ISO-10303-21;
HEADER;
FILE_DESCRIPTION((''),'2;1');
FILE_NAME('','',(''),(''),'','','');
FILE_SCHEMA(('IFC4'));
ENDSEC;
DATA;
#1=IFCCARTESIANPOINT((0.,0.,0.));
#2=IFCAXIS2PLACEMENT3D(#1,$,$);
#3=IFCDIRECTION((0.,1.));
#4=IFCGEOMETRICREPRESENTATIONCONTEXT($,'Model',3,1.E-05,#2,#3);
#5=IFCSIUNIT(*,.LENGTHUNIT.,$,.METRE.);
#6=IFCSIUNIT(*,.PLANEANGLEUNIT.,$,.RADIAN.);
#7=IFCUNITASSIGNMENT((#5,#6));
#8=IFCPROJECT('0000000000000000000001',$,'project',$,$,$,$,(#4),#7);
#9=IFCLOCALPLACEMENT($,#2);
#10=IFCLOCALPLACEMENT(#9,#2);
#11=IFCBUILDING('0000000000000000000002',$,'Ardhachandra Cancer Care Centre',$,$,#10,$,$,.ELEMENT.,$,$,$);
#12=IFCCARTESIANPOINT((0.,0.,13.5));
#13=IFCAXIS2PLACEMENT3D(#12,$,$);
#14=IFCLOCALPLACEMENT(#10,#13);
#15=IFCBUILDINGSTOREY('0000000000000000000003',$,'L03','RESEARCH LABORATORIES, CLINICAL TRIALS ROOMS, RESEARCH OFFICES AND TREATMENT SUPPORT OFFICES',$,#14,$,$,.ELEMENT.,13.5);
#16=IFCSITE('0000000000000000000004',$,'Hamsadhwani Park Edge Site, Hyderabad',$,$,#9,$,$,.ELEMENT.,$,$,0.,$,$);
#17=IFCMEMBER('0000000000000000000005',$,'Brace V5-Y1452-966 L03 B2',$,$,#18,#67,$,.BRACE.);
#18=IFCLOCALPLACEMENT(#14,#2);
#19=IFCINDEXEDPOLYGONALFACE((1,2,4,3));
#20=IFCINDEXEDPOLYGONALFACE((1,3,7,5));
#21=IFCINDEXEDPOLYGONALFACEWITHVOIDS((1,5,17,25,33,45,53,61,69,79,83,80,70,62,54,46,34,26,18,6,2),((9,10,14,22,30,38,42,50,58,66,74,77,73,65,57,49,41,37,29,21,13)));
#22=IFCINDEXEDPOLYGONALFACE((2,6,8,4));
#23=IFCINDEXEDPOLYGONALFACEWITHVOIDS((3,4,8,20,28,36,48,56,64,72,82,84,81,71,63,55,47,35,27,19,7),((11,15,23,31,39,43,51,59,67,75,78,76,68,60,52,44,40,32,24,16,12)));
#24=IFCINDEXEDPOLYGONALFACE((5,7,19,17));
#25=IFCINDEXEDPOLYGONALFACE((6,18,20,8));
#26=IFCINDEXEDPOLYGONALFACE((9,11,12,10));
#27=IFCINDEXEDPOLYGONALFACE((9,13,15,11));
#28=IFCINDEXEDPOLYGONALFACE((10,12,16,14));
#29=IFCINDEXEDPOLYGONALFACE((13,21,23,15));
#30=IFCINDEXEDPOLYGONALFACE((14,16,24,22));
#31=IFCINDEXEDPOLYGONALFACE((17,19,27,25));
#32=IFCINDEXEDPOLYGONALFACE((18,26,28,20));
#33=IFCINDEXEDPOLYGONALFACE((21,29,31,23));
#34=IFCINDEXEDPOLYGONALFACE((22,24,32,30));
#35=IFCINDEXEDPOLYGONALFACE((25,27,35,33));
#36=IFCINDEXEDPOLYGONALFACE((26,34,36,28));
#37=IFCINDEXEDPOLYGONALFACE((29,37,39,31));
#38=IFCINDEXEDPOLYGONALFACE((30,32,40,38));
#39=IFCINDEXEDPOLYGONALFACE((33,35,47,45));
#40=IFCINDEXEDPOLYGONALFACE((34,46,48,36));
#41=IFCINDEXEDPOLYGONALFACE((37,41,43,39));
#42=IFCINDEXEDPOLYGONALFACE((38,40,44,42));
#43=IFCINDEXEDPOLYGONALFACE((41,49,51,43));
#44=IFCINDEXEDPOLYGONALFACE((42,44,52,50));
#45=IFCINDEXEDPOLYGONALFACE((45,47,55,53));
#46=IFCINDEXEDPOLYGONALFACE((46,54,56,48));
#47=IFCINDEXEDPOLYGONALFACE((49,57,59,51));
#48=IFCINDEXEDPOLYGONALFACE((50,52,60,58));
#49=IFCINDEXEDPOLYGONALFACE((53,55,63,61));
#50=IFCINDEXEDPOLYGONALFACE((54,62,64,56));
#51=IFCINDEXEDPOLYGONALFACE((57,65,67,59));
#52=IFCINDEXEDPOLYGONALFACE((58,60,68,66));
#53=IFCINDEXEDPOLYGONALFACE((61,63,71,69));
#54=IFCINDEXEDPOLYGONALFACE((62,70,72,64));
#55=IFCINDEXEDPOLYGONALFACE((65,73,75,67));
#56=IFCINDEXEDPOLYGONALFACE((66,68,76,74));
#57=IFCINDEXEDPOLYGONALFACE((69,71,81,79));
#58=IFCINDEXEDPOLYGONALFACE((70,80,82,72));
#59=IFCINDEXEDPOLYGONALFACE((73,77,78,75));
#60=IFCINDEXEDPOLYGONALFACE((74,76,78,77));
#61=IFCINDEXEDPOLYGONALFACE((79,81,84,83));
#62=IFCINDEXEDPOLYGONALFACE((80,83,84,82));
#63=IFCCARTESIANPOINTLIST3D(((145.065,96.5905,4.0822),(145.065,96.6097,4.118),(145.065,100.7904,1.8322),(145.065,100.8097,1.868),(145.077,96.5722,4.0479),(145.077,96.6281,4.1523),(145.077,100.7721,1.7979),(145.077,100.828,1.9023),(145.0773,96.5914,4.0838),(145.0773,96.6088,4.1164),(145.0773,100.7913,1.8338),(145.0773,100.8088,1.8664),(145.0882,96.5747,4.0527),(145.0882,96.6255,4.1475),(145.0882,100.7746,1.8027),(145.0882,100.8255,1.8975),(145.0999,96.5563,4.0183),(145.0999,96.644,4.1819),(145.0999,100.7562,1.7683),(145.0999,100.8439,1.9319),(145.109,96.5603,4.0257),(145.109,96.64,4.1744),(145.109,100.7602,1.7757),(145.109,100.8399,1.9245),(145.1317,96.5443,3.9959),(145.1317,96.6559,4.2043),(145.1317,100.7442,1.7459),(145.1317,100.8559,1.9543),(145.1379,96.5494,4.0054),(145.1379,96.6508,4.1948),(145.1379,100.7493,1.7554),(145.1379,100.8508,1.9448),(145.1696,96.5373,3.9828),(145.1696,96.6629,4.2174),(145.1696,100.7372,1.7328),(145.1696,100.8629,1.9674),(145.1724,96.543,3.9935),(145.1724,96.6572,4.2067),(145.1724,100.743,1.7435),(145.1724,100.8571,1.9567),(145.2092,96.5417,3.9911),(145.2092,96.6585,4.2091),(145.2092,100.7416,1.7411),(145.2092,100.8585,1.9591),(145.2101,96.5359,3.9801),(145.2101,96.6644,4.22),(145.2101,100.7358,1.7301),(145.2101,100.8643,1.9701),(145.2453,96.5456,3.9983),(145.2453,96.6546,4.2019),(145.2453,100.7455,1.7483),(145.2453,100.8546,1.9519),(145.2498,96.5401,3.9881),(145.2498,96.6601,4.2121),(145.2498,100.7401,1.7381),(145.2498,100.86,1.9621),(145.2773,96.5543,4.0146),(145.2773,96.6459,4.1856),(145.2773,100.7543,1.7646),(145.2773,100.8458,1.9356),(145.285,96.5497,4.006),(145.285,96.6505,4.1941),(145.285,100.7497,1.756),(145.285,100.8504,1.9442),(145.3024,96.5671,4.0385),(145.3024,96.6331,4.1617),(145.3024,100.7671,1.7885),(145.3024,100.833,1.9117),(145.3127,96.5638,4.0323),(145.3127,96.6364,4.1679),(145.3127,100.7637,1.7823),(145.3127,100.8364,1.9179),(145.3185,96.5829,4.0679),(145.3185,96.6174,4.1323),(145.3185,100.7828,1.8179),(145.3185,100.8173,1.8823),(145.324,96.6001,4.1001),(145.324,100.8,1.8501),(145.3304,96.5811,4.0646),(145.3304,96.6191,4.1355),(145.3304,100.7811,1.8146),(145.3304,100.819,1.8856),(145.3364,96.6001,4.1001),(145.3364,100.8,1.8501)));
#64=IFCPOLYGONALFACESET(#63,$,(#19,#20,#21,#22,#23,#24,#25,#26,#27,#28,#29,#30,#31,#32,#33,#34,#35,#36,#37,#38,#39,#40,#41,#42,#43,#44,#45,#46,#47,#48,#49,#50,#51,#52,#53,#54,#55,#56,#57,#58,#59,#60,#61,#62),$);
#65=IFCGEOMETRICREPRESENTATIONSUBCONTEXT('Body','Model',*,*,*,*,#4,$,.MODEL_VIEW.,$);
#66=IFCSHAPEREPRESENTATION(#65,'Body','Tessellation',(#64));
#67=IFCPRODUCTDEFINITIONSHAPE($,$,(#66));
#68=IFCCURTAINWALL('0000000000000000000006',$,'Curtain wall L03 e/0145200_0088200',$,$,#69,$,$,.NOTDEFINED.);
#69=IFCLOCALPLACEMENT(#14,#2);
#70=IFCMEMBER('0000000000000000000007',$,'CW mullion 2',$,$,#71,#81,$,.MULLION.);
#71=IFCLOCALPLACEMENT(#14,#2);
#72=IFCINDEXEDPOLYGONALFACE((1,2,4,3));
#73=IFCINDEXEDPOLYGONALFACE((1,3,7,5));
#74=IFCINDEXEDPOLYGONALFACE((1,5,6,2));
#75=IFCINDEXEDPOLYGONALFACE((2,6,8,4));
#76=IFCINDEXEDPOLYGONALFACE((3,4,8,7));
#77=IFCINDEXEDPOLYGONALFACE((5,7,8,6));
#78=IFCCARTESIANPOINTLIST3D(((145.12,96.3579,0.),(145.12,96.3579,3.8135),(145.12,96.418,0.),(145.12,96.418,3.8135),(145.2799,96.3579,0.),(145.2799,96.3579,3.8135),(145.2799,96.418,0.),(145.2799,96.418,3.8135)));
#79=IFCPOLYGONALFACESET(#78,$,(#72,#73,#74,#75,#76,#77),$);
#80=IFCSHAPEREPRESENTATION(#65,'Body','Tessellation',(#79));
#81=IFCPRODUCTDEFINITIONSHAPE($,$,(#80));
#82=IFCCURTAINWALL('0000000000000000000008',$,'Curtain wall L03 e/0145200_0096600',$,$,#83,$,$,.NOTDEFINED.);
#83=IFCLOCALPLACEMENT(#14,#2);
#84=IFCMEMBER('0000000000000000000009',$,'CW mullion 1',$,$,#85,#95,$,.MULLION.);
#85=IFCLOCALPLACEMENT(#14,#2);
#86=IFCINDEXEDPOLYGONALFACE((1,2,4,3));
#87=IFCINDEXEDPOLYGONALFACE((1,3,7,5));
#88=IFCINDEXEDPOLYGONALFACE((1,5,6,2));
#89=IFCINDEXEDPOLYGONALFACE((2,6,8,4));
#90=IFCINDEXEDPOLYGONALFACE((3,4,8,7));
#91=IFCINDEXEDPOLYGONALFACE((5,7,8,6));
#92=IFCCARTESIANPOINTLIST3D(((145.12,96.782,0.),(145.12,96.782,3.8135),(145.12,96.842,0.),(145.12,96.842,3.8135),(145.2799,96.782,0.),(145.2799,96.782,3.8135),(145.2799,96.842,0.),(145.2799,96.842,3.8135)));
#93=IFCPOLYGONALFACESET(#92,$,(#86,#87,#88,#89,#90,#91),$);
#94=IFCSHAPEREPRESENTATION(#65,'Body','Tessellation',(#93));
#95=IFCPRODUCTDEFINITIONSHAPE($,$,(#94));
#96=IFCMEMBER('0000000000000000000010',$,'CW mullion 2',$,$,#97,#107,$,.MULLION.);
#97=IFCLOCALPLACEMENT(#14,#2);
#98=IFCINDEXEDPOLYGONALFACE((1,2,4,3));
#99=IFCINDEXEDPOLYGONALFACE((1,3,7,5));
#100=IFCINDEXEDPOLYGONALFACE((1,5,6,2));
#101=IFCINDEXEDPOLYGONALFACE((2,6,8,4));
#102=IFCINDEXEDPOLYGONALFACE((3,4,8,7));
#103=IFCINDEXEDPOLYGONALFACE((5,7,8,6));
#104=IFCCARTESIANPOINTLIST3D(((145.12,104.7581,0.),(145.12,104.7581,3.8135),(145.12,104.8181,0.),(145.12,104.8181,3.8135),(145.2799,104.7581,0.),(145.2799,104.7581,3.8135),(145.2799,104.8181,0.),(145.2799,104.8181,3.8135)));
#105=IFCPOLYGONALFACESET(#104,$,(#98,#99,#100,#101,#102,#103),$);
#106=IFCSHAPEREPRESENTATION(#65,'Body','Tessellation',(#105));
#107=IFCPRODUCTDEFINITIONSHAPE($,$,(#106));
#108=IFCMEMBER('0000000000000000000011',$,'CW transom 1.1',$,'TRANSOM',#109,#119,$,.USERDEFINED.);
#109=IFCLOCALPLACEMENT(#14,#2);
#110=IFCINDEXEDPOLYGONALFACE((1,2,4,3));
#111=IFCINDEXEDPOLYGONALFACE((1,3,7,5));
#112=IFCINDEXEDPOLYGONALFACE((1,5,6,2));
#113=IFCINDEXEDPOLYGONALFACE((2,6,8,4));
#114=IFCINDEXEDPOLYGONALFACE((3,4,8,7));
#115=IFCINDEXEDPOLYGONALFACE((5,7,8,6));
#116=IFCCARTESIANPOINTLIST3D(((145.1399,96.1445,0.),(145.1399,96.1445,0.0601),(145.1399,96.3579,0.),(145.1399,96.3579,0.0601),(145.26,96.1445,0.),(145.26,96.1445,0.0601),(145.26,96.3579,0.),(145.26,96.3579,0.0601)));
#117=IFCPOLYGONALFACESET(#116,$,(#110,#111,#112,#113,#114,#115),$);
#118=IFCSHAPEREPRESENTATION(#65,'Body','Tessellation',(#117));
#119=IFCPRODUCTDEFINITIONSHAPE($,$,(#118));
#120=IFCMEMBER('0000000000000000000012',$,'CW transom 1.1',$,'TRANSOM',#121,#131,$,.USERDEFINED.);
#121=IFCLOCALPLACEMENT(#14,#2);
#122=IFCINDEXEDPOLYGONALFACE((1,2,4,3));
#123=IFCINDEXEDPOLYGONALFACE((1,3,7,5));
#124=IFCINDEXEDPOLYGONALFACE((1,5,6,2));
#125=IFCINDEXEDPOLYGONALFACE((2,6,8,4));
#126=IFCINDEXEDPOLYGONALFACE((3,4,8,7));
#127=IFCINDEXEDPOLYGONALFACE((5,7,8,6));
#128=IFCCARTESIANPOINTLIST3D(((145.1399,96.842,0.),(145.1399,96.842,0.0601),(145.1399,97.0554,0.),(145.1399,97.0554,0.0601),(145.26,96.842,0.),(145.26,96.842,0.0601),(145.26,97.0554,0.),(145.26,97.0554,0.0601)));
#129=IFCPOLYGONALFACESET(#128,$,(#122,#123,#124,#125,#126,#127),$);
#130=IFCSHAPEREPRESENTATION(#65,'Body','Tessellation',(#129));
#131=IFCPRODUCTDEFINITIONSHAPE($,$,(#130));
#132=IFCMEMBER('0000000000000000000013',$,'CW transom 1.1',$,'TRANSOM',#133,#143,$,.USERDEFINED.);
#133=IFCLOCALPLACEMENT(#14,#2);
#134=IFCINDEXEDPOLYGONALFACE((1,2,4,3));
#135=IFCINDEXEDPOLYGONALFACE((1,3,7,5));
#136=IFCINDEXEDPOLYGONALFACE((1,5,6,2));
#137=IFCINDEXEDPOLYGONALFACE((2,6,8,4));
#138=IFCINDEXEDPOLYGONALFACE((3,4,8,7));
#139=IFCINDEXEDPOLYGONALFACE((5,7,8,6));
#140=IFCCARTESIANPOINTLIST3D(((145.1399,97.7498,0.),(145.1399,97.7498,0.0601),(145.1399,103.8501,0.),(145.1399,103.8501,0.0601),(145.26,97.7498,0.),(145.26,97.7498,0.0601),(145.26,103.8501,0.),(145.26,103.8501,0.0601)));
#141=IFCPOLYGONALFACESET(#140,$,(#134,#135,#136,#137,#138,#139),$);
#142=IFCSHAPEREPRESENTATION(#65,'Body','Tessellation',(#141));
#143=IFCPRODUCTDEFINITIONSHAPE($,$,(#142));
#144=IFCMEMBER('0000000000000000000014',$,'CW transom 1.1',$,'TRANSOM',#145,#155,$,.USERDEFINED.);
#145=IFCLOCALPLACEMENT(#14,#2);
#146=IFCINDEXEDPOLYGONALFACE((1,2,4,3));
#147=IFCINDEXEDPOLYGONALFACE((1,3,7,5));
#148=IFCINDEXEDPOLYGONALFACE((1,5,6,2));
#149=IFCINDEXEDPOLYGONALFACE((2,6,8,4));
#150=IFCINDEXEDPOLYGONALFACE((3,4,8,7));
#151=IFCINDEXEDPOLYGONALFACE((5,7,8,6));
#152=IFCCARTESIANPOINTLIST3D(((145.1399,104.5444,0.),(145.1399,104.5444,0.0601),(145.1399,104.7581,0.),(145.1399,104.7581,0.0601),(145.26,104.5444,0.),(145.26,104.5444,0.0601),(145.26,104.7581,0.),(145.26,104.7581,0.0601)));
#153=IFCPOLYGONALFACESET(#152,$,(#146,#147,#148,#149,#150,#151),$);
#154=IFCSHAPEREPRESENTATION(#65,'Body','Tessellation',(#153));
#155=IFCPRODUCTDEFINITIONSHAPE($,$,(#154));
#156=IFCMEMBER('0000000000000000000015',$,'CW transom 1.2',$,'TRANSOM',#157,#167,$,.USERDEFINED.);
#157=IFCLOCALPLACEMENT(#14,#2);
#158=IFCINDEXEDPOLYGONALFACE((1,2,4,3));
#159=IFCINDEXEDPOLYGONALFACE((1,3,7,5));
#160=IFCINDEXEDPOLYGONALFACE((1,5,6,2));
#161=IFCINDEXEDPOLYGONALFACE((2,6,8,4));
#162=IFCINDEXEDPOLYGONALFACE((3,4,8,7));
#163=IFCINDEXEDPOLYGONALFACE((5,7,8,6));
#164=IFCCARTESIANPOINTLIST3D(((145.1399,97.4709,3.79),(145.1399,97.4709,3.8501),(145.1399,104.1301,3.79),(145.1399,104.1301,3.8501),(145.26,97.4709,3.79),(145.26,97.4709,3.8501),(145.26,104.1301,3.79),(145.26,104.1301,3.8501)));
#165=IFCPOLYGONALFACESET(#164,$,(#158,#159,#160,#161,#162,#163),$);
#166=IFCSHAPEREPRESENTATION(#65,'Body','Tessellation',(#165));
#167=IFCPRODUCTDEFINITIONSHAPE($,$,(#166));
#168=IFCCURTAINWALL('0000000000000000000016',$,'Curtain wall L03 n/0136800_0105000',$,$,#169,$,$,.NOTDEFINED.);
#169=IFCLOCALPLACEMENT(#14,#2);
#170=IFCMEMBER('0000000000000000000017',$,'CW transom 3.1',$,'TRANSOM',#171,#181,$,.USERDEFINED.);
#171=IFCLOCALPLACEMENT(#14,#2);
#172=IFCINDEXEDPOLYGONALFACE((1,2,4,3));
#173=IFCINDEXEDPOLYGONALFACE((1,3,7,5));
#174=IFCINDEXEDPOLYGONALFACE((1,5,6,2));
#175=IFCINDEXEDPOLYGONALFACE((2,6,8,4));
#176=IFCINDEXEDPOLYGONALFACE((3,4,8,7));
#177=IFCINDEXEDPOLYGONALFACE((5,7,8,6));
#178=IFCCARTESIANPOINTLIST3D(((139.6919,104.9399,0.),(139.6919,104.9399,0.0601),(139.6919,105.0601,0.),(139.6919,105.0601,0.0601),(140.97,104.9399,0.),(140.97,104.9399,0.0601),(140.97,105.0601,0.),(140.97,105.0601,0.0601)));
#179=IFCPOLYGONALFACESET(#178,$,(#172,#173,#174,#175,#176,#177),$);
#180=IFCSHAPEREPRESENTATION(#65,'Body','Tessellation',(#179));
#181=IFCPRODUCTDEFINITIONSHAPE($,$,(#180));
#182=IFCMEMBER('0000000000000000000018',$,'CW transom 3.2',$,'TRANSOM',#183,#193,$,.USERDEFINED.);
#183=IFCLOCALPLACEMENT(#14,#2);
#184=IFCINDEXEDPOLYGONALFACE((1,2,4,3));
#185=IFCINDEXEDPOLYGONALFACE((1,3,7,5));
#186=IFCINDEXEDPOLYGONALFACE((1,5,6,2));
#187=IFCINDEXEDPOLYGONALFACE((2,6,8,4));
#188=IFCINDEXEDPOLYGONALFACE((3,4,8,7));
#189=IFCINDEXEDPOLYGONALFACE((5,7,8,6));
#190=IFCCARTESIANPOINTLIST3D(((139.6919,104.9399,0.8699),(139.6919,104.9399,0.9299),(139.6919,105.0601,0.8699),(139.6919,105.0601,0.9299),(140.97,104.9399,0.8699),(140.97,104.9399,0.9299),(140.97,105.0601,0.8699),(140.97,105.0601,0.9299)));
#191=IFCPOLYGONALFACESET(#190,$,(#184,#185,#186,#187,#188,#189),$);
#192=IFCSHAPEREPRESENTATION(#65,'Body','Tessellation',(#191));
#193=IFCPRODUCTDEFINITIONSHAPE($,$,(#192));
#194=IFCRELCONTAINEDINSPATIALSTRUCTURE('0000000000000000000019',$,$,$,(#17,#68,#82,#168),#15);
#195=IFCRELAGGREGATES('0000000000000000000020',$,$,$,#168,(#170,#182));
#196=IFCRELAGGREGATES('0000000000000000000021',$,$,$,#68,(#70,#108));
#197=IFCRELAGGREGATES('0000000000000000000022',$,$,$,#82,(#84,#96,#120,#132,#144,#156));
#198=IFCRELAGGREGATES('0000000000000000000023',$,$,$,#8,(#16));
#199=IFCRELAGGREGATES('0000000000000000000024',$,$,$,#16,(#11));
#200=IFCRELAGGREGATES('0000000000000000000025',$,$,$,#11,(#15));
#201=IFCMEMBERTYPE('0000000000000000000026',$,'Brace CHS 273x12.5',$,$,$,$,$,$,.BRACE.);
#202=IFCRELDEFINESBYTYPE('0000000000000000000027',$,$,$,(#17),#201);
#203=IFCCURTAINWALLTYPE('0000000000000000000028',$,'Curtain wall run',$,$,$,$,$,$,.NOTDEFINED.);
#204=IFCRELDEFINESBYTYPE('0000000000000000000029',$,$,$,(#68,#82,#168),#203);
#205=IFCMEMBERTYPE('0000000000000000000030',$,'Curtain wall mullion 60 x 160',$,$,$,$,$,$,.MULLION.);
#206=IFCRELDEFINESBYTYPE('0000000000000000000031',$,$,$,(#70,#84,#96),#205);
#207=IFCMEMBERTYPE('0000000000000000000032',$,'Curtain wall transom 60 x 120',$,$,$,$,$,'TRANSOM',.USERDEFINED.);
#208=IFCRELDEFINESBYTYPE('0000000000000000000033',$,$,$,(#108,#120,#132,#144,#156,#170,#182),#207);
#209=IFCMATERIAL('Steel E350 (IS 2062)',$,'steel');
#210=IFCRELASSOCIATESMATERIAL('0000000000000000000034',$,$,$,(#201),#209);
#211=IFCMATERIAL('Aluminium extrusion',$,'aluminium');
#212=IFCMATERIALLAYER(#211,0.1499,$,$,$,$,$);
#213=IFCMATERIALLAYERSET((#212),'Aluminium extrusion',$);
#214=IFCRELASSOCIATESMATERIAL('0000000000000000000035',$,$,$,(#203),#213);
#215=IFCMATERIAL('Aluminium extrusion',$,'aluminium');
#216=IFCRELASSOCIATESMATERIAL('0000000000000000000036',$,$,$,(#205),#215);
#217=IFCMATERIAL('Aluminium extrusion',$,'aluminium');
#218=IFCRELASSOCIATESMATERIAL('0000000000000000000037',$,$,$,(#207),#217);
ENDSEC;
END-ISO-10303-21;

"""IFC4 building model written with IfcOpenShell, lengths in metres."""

from ifc_helpers import new_model, si_unit, direction, frame, origin, origin_2d, place, context, subcontext, project, spatial, rectangle, hollow_circle, extrude, material, layer, layer_set, material_profile, profile_set, type_object, element, aggregate, save


model = new_model("IFC4")

# Units and contexts
model_context = context("Model", 3, precision=1e-05, world=origin(), true_north=direction((0.0, 1.0)))
body_context = subcontext(model_context, "Body", "Model", "MODEL_VIEW")
ifc_project = project(units=[si_unit("LENGTHUNIT", "METRE"), si_unit("PLANEANGLEUNIT", "RADIAN")], contexts=[model_context])

# Site, building, storey
site_placement = place(None, origin())
site = spatial("IfcSite", under=ifc_project, at=site_placement, Name="Hamsadhwani Park Edge Site, Hyderabad", CompositionType="ELEMENT", RefElevation=0.0)
building_placement = place(site_placement, origin())
building = spatial("IfcBuilding", under=site, at=building_placement, Name="Ardhachandra Cancer Care Centre", CompositionType="ELEMENT")
storey_placement = place(building_placement, frame((0.0, 0.0, 13.5)))
storey = spatial("IfcBuildingStorey", under=building, at=storey_placement, Name="L03", Description="RESEARCH LABORATORIES, CLINICAL TRIALS ROOMS, RESEARCH OFFICES AND TREATMENT SUPPORT OFFICES", CompositionType="ELEMENT", Elevation=13.5)

# Member
ifc_material_1 = material(Name="Steel E350 (IS 2062)", Category="steel")
ifc_material_profile_1 = material_profile(ifc_material_1, hollow_circle(Radius=0.1365, WallThickness=0.0125, at=origin_2d()), Name="CHS 273x12.5")
ifc_profile_set_1 = profile_set([ifc_material_profile_1], Name="Steel E350 (IS 2062)")
member_type_1 = type_object("IfcMemberType", Name="Brace CHS 273x12.5", PredefinedType="BRACE", material=ifc_profile_set_1)
member_1_placement = place(storey_placement, frame((145.2, 100.8, 1.8501), z_axis=(0.0, -0.881478, 0.472226), x_axis=(1.0, 0.0, 0.0)))
element("IfcMember", 1, at=member_1_placement, inside=storey, type_object=member_type_1, Name="Brace V5-Y1452-966 L03 B2", PredefinedType="BRACE", context=body_context, shape_type="SweptSolid", body=[
    extrude(hollow_circle(Radius=0.1365, WallThickness=0.0125, at=origin_2d()), origin(), (0.0, 0.0, 1.0), 4.7646),
])

# Curtain wall, member
ifc_material_2 = material(Name="Aluminium extrusion", Category="aluminium")
ifc_layer_1 = layer(ifc_material_2, 0.1499)
ifc_layer_set_1 = layer_set([ifc_layer_1], Name="Aluminium extrusion")
curtain_wall_type = type_object("IfcCurtainWallType", Name="Curtain wall run", PredefinedType="NOTDEFINED", material=ifc_layer_set_1)
curtain_wall_1_placement = place(storey_placement, origin())
curtain_wall_1 = element("IfcCurtainWall", 2, at=curtain_wall_1_placement, inside=storey, type_object=curtain_wall_type, Name="Curtain wall L03 e/0145200_0088200", PredefinedType="NOTDEFINED")
ifc_material_3 = material(Name="Aluminium extrusion", Category="aluminium")
ifc_material_profile_2 = material_profile(ifc_material_3, rectangle(XDim=0.1599, YDim=0.0601, at=origin_2d()), Name="Curtain wall mullion 60 x 160")
ifc_profile_set_2 = profile_set([ifc_material_profile_2], Name="Aluminium extrusion")
member_type_2 = type_object("IfcMemberType", Name="Curtain wall mullion 60 x 160", PredefinedType="MULLION", material=ifc_profile_set_2)
member_2_placement = place(storey_placement, frame((145.2, 96.3879, 0.0), z_axis=(0.0, 0.0, 1.0), x_axis=(-1.0, 0.0, 0.0)))
member_2 = element("IfcMember", 3, at=member_2_placement, type_object=member_type_2, Name="CW mullion 2", PredefinedType="MULLION", context=body_context, shape_type="SweptSolid", body=[
    extrude(rectangle(XDim=0.1599, YDim=0.0601, at=origin_2d()), origin(), (0.0, 0.0, 1.0), 3.8135),
])

# Curtain wall, members
curtain_wall_2_placement = place(storey_placement, origin())
curtain_wall_2 = element("IfcCurtainWall", 4, at=curtain_wall_2_placement, inside=storey, type_object=curtain_wall_type, Name="Curtain wall L03 e/0145200_0096600", PredefinedType="NOTDEFINED")
member_3_placement = place(storey_placement, frame((145.2, 96.812, 0.0), z_axis=(0.0, 0.0, 1.0), x_axis=(-1.0, 0.0, 0.0)))
member_3 = element("IfcMember", 5, at=member_3_placement, type_object=member_type_2, Name="CW mullion 1", PredefinedType="MULLION", context=body_context, shape_type="SweptSolid", body=[
    extrude(rectangle(XDim=0.1599, YDim=0.0601, at=origin_2d()), origin(), (0.0, 0.0, 1.0), 3.8135),
])
member_4_placement = place(storey_placement, frame((145.2, 104.7881, 0.0), z_axis=(0.0, 0.0, 1.0), x_axis=(-1.0, 0.0, 0.0)))
member_4 = element("IfcMember", 6, at=member_4_placement, type_object=member_type_2, Name="CW mullion 2", PredefinedType="MULLION", context=body_context, shape_type="SweptSolid", body=[
    extrude(rectangle(XDim=0.1599, YDim=0.0601, at=origin_2d()), origin(), (0.0, 0.0, 1.0), 3.8135),
])

# Members
ifc_material_4 = material(Name="Aluminium extrusion", Category="aluminium")
ifc_material_profile_3 = material_profile(ifc_material_4, rectangle(XDim=0.1201, YDim=0.0601, at=origin_2d()), Name="Curtain wall transom 60 x 120")
ifc_profile_set_3 = profile_set([ifc_material_profile_3], Name="Aluminium extrusion")
member_type_3 = type_object("IfcMemberType", Name="Curtain wall transom 60 x 120", ElementType="TRANSOM", PredefinedType="USERDEFINED", material=ifc_profile_set_3)
member_5_placement = place(storey_placement, frame((145.2, 96.1445, 0.03), z_axis=(0.0, 1.0, 0.0), x_axis=(-1.0, 0.0, 0.0)))
member_5 = element("IfcMember", 7, at=member_5_placement, type_object=member_type_3, Name="CW transom 1.1", ObjectType="TRANSOM", PredefinedType="USERDEFINED", context=body_context, shape_type="SweptSolid", body=[
    extrude(rectangle(XDim=0.1201, YDim=0.0601, at=origin_2d()), origin(), (0.0, 0.0, 1.0), 0.2134),
])
member_6_placement = place(storey_placement, frame((145.2, 96.842, 0.03), z_axis=(0.0, 1.0, 0.0), x_axis=(-1.0, 0.0, 0.0)))
member_6 = element("IfcMember", 8, at=member_6_placement, type_object=member_type_3, Name="CW transom 1.1", ObjectType="TRANSOM", PredefinedType="USERDEFINED", context=body_context, shape_type="SweptSolid", body=[
    extrude(rectangle(XDim=0.1201, YDim=0.0601, at=origin_2d()), origin(), (0.0, 0.0, 1.0), 0.2134),
])
member_7_placement = place(storey_placement, frame((145.2, 97.7498, 0.03), z_axis=(0.0, 1.0, 0.0), x_axis=(-1.0, 0.0, 0.0)))
member_7 = element("IfcMember", 9, at=member_7_placement, type_object=member_type_3, Name="CW transom 1.1", ObjectType="TRANSOM", PredefinedType="USERDEFINED", context=body_context, shape_type="SweptSolid", body=[
    extrude(rectangle(XDim=0.1201, YDim=0.0601, at=origin_2d()), origin(), (0.0, 0.0, 1.0), 6.1003),
])
member_8_placement = place(storey_placement, frame((145.2, 104.5444, 0.03), z_axis=(0.0, 1.0, 0.0), x_axis=(-1.0, 0.0, 0.0)))
member_8 = element("IfcMember", 10, at=member_8_placement, type_object=member_type_3, Name="CW transom 1.1", ObjectType="TRANSOM", PredefinedType="USERDEFINED", context=body_context, shape_type="SweptSolid", body=[
    extrude(rectangle(XDim=0.1201, YDim=0.0601, at=origin_2d()), origin(), (0.0, 0.0, 1.0), 0.2136),
])
member_9_placement = place(storey_placement, frame((145.2, 97.4709, 3.8201), z_axis=(0.0, 1.0, 0.0), x_axis=(-1.0, 0.0, 0.0)))
member_9 = element("IfcMember", 11, at=member_9_placement, type_object=member_type_3, Name="CW transom 1.2", ObjectType="TRANSOM", PredefinedType="USERDEFINED", context=body_context, shape_type="SweptSolid", body=[
    extrude(rectangle(XDim=0.1201, YDim=0.0601, at=origin_2d()), origin(), (0.0, 0.0, 1.0), 6.6592),
])

# Curtain wall, members
curtain_wall_3_placement = place(storey_placement, origin())
curtain_wall_3 = element("IfcCurtainWall", 12, at=curtain_wall_3_placement, inside=storey, type_object=curtain_wall_type, Name="Curtain wall L03 n/0136800_0105000", PredefinedType="NOTDEFINED")
member_10_placement = place(storey_placement, frame((139.6919, 105.0, 0.03), z_axis=(1.0, 0.0, 0.0), x_axis=(0.0, 1.0, 0.0)))
member_10 = element("IfcMember", 13, at=member_10_placement, type_object=member_type_3, Name="CW transom 3.1", ObjectType="TRANSOM", PredefinedType="USERDEFINED", context=body_context, shape_type="SweptSolid", body=[
    extrude(rectangle(XDim=0.1201, YDim=0.0601, at=origin_2d()), origin(), (0.0, 0.0, 1.0), 1.2781),
])
member_11_placement = place(storey_placement, frame((139.6919, 105.0, 0.8999), z_axis=(1.0, 0.0, 0.0), x_axis=(0.0, 1.0, 0.0)))
member_11 = element("IfcMember", 14, at=member_11_placement, type_object=member_type_3, Name="CW transom 3.2", ObjectType="TRANSOM", PredefinedType="USERDEFINED", context=body_context, shape_type="SweptSolid", body=[
    extrude(rectangle(XDim=0.1201, YDim=0.0601, at=origin_2d()), origin(), (0.0, 0.0, 1.0), 1.2781),
])
aggregate(curtain_wall_3, [member_10, member_11])

aggregate(curtain_wall_1, [member_2, member_5])
aggregate(curtain_wall_2, [member_3, member_4, member_6, member_7, member_8, member_9])

save(model, "model.ifc")
